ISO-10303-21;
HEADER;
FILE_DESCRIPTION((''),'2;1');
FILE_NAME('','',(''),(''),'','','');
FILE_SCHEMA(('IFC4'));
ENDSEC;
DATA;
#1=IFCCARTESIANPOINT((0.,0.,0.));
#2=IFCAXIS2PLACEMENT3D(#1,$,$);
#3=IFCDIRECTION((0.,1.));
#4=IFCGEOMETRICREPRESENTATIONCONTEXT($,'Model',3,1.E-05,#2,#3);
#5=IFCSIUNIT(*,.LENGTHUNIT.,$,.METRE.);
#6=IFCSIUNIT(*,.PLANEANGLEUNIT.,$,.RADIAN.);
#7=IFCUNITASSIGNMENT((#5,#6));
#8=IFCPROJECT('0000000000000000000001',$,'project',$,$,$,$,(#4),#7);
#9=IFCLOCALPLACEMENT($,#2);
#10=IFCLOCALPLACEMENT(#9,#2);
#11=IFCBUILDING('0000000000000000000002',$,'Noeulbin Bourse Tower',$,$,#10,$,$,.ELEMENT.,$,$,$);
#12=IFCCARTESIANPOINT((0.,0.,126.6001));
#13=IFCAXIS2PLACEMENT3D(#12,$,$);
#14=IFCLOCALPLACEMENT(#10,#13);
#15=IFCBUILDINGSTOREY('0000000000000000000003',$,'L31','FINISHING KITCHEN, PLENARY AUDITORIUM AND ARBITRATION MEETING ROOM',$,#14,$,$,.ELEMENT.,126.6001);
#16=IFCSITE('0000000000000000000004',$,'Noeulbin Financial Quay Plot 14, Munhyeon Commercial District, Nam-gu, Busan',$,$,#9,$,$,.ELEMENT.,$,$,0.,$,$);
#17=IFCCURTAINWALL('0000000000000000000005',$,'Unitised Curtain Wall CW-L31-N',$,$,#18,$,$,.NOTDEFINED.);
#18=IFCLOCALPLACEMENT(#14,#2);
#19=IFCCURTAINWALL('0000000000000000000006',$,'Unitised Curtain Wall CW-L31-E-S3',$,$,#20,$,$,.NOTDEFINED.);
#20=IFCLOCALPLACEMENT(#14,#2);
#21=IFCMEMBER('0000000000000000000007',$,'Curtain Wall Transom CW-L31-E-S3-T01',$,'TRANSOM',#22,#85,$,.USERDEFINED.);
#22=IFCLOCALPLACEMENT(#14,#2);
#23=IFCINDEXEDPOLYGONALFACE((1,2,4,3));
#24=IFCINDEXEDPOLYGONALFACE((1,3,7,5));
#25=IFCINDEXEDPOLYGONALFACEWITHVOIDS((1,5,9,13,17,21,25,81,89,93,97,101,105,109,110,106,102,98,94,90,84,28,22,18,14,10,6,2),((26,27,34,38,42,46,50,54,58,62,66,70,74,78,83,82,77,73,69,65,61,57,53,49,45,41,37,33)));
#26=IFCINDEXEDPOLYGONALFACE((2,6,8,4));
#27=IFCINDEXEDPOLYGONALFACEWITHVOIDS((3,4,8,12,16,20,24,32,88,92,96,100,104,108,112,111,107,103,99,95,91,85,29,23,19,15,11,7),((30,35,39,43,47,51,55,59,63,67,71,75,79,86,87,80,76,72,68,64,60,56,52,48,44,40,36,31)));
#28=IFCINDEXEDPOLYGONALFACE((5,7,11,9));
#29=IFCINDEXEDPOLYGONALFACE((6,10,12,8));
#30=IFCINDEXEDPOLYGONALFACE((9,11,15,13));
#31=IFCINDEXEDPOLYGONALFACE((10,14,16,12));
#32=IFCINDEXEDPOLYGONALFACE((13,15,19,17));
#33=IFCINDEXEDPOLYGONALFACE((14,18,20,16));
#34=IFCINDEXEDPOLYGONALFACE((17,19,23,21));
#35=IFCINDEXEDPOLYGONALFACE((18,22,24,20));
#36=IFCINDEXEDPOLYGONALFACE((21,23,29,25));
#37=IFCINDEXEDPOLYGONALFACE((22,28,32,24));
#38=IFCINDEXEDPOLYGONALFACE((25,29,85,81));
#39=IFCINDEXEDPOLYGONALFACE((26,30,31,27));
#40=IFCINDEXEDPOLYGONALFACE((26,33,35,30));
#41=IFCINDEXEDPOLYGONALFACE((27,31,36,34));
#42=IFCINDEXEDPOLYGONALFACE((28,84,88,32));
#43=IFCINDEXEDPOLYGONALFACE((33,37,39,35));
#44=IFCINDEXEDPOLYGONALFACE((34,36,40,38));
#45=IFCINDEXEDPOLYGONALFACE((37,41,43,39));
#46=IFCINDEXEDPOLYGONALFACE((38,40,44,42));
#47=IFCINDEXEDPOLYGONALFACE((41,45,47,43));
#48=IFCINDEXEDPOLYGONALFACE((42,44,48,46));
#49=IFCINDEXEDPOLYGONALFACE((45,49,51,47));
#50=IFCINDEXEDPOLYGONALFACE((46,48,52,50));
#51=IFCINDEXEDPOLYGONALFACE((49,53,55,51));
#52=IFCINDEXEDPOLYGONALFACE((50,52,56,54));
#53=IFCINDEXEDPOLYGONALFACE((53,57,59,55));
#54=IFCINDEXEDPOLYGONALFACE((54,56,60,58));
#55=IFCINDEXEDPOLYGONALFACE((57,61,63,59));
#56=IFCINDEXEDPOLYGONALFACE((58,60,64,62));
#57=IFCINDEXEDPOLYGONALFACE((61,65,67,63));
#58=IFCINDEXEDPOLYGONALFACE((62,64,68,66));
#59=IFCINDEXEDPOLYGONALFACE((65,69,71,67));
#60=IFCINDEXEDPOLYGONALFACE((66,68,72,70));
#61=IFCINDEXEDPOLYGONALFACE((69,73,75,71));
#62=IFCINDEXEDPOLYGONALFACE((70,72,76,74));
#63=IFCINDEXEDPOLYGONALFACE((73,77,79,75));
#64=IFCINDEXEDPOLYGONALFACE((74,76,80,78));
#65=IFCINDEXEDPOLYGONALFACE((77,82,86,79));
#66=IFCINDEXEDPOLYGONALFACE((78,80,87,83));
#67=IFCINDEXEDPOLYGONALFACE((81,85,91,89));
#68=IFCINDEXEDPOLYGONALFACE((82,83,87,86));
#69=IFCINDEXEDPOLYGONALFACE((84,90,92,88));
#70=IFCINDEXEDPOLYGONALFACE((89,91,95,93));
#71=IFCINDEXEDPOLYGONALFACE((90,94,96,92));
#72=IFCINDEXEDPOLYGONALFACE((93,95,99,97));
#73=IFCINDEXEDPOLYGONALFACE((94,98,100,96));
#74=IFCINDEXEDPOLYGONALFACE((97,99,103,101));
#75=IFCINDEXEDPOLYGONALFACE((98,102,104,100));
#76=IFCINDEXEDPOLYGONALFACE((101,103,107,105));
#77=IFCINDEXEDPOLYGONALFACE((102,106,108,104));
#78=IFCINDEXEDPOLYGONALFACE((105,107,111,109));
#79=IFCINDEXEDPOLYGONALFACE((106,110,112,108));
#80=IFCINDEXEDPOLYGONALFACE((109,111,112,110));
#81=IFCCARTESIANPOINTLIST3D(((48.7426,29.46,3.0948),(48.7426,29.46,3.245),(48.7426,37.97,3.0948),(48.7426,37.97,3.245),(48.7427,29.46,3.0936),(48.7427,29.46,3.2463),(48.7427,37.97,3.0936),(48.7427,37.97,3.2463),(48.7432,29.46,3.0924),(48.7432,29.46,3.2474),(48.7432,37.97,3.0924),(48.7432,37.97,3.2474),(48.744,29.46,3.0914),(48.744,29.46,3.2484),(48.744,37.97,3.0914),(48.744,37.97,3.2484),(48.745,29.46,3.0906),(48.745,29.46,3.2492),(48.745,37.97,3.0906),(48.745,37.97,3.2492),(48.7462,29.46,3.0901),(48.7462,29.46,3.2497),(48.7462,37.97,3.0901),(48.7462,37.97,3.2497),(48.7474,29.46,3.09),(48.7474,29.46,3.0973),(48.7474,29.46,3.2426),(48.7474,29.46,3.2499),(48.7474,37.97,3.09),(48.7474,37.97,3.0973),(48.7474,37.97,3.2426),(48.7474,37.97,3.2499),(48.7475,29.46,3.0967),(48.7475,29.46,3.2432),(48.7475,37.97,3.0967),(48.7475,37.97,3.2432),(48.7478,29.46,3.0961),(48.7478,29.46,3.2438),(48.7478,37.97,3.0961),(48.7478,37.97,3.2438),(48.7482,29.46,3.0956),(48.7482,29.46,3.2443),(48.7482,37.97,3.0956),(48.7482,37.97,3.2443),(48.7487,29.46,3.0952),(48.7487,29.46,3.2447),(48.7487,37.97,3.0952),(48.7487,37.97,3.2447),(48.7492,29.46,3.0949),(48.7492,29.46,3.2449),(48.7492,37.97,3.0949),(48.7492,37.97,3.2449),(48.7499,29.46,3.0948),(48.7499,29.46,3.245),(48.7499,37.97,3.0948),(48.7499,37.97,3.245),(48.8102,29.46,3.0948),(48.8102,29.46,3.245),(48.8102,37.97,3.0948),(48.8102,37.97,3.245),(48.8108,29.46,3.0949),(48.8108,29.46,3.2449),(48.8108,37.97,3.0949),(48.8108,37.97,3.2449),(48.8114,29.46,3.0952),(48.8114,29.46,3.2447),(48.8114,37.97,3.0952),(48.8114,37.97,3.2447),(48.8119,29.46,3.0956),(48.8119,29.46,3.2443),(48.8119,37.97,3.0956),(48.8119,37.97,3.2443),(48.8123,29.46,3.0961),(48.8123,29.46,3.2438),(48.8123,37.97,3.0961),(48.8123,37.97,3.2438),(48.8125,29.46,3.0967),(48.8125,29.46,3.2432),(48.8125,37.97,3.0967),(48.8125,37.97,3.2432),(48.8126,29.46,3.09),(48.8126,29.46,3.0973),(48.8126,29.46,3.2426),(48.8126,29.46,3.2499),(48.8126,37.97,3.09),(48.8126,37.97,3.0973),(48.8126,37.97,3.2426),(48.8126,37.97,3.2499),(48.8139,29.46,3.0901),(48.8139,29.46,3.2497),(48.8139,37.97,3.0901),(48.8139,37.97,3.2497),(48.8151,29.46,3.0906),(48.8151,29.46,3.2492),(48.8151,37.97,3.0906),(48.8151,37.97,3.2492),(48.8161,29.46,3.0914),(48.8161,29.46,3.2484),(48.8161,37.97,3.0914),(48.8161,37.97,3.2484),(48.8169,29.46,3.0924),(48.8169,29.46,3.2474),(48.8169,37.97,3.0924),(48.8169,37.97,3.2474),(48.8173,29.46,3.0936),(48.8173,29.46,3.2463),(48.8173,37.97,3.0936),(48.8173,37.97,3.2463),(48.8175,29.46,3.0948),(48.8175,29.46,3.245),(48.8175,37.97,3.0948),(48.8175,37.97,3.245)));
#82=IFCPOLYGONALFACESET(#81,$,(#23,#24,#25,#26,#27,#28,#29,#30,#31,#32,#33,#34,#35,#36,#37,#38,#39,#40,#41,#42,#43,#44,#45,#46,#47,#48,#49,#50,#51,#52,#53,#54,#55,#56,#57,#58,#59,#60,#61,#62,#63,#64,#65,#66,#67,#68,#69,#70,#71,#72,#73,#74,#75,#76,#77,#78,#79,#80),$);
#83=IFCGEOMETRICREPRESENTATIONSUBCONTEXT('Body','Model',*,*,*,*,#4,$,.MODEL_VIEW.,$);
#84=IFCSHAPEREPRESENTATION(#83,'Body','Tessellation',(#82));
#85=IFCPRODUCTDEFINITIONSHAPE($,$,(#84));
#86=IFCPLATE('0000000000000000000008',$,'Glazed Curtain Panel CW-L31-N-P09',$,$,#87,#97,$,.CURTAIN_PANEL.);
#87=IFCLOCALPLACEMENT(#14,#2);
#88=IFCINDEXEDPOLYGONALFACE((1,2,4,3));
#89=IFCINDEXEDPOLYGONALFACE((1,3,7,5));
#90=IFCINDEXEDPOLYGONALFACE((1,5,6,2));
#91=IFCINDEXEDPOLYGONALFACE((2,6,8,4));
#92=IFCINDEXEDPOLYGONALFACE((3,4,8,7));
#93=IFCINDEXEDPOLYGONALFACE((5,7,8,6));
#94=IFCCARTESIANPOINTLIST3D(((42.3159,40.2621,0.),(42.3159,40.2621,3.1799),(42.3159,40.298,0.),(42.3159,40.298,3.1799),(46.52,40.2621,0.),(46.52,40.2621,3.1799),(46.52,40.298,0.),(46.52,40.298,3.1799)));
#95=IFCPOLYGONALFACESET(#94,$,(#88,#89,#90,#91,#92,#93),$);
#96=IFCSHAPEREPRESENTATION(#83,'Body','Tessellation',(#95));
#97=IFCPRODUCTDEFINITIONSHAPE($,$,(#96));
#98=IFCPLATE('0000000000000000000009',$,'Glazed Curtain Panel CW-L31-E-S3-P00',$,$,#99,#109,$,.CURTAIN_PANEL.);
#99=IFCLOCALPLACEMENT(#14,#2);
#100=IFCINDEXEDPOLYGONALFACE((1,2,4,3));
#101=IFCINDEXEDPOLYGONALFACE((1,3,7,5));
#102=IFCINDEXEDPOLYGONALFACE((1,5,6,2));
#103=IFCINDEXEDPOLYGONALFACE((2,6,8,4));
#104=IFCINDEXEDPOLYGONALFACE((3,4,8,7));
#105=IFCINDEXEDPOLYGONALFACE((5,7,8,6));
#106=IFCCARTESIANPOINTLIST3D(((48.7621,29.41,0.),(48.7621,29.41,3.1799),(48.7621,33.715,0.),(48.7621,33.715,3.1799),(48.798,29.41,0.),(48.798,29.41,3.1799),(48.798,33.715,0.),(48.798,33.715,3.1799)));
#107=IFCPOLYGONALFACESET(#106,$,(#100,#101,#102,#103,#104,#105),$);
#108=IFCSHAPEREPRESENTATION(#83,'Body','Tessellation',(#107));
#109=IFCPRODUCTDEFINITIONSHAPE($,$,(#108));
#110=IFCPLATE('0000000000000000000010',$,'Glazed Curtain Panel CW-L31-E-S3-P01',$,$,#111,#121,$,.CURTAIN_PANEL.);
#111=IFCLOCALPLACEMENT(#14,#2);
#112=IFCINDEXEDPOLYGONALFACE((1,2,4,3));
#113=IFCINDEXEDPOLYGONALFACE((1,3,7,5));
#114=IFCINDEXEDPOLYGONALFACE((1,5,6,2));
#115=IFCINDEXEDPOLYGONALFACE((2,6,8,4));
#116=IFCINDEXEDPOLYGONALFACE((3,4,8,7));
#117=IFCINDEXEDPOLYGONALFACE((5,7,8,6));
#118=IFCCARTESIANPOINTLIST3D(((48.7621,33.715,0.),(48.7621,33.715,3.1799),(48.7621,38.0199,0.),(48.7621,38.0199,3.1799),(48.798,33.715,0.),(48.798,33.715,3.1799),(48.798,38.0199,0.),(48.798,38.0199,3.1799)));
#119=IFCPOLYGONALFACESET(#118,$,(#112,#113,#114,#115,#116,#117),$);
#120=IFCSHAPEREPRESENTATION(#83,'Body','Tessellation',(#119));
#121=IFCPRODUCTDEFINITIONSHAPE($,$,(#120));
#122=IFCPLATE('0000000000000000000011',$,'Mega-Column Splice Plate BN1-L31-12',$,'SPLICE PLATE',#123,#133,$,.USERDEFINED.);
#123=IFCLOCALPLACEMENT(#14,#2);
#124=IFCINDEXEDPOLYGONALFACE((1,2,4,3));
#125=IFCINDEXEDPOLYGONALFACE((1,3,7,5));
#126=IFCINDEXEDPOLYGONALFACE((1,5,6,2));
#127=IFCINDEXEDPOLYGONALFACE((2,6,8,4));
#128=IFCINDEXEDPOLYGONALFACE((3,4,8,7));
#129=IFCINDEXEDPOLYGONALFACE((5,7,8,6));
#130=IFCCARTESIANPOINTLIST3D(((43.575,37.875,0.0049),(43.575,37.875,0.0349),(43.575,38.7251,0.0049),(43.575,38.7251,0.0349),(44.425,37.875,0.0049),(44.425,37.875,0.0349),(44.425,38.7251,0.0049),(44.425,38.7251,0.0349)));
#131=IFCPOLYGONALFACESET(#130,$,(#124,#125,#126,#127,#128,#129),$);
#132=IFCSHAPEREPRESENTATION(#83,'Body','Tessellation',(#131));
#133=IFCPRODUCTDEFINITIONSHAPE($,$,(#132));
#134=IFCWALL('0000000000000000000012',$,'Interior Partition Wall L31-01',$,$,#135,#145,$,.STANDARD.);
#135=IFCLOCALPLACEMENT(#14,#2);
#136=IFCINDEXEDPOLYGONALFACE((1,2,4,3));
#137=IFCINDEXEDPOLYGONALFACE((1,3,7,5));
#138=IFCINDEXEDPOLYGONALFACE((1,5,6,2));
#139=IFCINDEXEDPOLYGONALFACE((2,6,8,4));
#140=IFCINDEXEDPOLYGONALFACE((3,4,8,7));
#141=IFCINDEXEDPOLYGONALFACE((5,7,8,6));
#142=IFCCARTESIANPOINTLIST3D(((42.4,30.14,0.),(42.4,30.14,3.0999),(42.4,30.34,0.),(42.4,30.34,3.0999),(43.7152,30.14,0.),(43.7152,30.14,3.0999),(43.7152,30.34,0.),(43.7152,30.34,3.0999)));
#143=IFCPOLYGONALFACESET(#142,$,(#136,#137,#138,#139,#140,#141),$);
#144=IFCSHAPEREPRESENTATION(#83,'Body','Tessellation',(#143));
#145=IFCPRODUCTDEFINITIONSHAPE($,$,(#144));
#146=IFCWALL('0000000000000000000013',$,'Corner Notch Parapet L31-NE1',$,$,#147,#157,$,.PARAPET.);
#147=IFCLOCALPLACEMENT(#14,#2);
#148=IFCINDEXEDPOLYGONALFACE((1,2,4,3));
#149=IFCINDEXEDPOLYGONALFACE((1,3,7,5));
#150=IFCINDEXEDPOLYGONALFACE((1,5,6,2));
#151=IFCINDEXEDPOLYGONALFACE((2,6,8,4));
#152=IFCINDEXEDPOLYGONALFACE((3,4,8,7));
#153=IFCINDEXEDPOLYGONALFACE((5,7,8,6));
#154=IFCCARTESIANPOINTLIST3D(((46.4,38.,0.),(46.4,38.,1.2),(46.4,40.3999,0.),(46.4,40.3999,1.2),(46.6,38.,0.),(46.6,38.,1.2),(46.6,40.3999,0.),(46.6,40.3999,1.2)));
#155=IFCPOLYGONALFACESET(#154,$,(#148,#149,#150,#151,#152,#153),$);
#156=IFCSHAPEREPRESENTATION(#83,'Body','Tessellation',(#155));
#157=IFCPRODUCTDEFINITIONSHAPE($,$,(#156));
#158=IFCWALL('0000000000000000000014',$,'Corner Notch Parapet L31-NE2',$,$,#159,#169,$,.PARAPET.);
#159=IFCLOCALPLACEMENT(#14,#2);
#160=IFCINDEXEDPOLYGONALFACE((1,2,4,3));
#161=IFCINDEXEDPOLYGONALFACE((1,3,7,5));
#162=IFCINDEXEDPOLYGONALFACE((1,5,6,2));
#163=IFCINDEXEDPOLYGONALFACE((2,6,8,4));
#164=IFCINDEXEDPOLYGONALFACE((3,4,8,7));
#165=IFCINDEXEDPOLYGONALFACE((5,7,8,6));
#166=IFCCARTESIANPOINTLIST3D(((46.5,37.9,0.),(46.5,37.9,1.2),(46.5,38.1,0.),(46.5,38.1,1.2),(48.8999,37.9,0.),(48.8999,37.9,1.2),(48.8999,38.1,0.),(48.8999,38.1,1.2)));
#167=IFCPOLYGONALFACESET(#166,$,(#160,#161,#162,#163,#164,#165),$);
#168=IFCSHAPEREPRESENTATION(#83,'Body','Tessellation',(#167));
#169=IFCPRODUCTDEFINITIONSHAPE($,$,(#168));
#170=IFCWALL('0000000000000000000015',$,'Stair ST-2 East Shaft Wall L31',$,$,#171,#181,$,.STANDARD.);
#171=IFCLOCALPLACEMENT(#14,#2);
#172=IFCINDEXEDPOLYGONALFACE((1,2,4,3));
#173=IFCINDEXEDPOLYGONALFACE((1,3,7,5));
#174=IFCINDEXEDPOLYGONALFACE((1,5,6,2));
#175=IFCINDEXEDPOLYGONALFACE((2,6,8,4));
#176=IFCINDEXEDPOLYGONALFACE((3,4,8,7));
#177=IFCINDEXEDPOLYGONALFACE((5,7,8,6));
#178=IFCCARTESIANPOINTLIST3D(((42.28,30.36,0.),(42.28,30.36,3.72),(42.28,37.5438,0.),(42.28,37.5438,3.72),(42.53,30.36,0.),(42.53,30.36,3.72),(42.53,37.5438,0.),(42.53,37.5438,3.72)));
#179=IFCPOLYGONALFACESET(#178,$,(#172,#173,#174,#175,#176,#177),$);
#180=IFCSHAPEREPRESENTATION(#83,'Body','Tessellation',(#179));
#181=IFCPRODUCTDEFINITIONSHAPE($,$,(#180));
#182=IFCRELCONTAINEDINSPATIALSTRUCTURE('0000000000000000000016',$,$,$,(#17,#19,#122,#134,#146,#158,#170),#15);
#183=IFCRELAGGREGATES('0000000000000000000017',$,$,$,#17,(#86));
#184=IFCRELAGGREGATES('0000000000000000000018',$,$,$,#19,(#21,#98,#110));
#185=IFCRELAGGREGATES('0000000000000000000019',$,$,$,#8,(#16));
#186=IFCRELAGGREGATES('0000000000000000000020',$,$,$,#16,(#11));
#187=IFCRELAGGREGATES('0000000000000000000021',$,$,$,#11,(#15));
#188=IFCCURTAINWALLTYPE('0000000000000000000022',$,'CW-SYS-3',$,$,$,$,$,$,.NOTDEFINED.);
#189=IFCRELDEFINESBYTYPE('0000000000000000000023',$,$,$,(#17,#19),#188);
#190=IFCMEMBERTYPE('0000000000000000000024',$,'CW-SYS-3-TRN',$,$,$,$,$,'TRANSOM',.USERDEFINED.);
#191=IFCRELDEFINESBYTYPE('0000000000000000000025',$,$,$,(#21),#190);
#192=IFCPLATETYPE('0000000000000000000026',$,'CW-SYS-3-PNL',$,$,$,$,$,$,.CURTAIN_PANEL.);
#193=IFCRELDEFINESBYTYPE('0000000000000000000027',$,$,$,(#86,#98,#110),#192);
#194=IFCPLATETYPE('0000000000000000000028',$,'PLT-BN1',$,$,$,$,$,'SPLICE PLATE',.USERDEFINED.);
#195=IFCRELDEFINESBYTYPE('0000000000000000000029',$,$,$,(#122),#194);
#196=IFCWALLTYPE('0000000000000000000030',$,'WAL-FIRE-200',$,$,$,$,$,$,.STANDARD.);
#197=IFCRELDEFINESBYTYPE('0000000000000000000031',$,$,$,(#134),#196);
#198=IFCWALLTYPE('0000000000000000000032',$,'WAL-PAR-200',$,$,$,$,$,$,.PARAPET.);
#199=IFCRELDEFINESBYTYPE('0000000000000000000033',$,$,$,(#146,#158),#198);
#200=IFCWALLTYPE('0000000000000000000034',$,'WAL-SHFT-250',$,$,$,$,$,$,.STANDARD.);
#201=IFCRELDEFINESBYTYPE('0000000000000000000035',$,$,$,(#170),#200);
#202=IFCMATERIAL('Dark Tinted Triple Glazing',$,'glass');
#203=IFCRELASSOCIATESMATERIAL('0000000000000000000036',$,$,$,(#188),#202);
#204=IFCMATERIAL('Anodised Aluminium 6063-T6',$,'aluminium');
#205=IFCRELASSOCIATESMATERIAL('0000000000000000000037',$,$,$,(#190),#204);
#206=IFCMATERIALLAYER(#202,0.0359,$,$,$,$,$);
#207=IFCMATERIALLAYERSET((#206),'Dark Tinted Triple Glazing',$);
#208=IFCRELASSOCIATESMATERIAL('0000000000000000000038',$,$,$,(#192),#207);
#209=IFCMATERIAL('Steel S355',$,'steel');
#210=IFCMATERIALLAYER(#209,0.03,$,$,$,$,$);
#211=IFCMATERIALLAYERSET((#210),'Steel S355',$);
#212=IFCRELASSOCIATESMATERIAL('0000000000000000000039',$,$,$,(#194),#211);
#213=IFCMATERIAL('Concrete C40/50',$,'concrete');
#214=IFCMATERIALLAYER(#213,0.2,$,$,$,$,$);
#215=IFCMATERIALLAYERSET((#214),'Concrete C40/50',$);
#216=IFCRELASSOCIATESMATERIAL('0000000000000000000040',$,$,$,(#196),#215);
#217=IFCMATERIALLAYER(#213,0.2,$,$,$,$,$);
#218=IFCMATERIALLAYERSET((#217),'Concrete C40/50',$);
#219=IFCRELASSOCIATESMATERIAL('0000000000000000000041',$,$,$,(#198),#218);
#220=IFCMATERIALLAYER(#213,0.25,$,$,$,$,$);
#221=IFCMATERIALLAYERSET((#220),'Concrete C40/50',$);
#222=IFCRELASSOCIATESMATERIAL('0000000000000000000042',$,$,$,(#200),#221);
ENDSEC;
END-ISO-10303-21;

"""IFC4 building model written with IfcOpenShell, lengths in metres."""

from ifc_helpers import new_model, si_unit, direction, frame, frame_2d, origin, origin_2d, place, context, subcontext, project, spatial, rectangle, hollow_rectangle, extrude, material, layer, layer_set, material_profile, profile_set, type_object, element, aggregate, save


model = new_model("IFC4")

# Units and contexts
model_context = context("Model", 3, precision=1e-05, world=origin(), true_north=direction((0.0, 1.0)))
body_context = subcontext(model_context, "Body", "Model", "MODEL_VIEW")
ifc_project = project(units=[si_unit("LENGTHUNIT", "METRE"), si_unit("PLANEANGLEUNIT", "RADIAN")], contexts=[model_context])

# Site, building, storey
site_placement = place(None, origin())
site = spatial("IfcSite", under=ifc_project, at=site_placement, Name="Noeulbin Financial Quay Plot 14, Munhyeon Commercial District, Nam-gu, Busan", CompositionType="ELEMENT", RefElevation=0.0)
building_placement = place(site_placement, origin())
building = spatial("IfcBuilding", under=site, at=building_placement, Name="Noeulbin Bourse Tower", CompositionType="ELEMENT")
storey_placement = place(building_placement, frame((0.0, 0.0, 126.6001)))
storey = spatial("IfcBuildingStorey", under=building, at=storey_placement, Name="L31", Description="FINISHING KITCHEN, PLENARY AUDITORIUM AND ARBITRATION MEETING ROOM", CompositionType="ELEMENT", Elevation=126.6001)

# Shared definitions
ifc_material_1 = material(Name="Steel S355", Category="steel")

# Curtain walls, member
ifc_material_2 = material(Name="Dark Tinted Triple Glazing", Category="glass")
curtain_wall_type = type_object("IfcCurtainWallType", Name="CW-SYS-3", PredefinedType="NOTDEFINED", material=ifc_material_2)
curtain_wall_1_placement = place(storey_placement, origin())
curtain_wall_1 = element("IfcCurtainWall", 1, at=curtain_wall_1_placement, inside=storey, type_object=curtain_wall_type, Name="Unitised Curtain Wall CW-L31-N", PredefinedType="NOTDEFINED")
ifc_material_3 = material(Name="Anodised Aluminium 6063-T6", Category="aluminium")
curtain_wall_2_placement = place(storey_placement, origin())
curtain_wall_2 = element("IfcCurtainWall", 2, at=curtain_wall_2_placement, inside=storey, type_object=curtain_wall_type, Name="Unitised Curtain Wall CW-L31-E-S3", PredefinedType="NOTDEFINED")
ifc_material_profile_1 = material_profile(ifc_material_3, hollow_rectangle(XDim=0.075, YDim=0.1599, WallThickness=0.0049, InnerFilletRadius=0.0024, OuterFilletRadius=0.0049, at=origin_2d()), Name="ALU-TRAN-75x160x5", Category="LoadBearing")
ifc_profile_set_1 = profile_set([ifc_material_profile_1], Name="Anodised Aluminium 6063-T6")
member_type_1 = type_object("IfcMemberType", Name="CW-SYS-3-TRN", ElementType="TRANSOM", PredefinedType="USERDEFINED", material=ifc_profile_set_1)
member_1_placement = place(storey_placement, frame((48.78, 29.46, 3.1699), z_axis=(0.0, 1.0, 0.0), x_axis=(-1.0, 0.0, 0.0)))
member_1 = element("IfcMember", 3, at=member_1_placement, type_object=member_type_1, Name="Curtain Wall Transom CW-L31-E-S3-T01", ObjectType="TRANSOM", PredefinedType="USERDEFINED", context=body_context, shape_type="SweptSolid", body=[
    extrude(hollow_rectangle(XDim=0.075, YDim=0.1599, WallThickness=0.0049, InnerFilletRadius=0.0024, OuterFilletRadius=0.0049, at=origin_2d()), origin(), (0.0, 0.0, 1.0), 8.51),
])

# Plates
ifc_layer_1 = layer(ifc_material_2, 0.0359)
ifc_layer_set_1 = layer_set([ifc_layer_1], Name="Dark Tinted Triple Glazing")
plate_type_1 = type_object("IfcPlateType", Name="CW-SYS-3-PNL", PredefinedType="CURTAIN_PANEL", material=ifc_layer_set_1)
plate_1_placement = place(storey_placement, frame((44.418, 40.28, 0.0), z_axis=(0.0, 0.0, 1.0), x_axis=(1.0, 0.0, 0.0)))
plate_1 = element("IfcPlate", 4, at=plate_1_placement, type_object=plate_type_1, Name="Glazed Curtain Panel CW-L31-N-P09", PredefinedType="CURTAIN_PANEL", context=body_context, shape_type="SweptSolid", body=[
    extrude(rectangle(XDim=4.2041, YDim=0.0359, at=origin_2d()), origin(), (0.0, 0.0, 1.0), 3.1799),
])
aggregate(curtain_wall_1, [plate_1])
plate_2_placement = place(storey_placement, frame((48.78, 31.5625, 0.0), z_axis=(0.0, 0.0, 1.0), x_axis=(0.0, 1.0, 0.0)))
plate_2 = element("IfcPlate", 5, at=plate_2_placement, type_object=plate_type_1, Name="Glazed Curtain Panel CW-L31-E-S3-P00", PredefinedType="CURTAIN_PANEL", context=body_context, shape_type="SweptSolid", body=[
    extrude(rectangle(XDim=4.3049, YDim=0.0359, at=origin_2d()), origin(), (0.0, 0.0, 1.0), 3.1799),
])
plate_3_placement = place(storey_placement, frame((48.78, 35.8674, 0.0), z_axis=(0.0, 0.0, 1.0), x_axis=(0.0, 1.0, 0.0)))
plate_3 = element("IfcPlate", 6, at=plate_3_placement, type_object=plate_type_1, Name="Glazed Curtain Panel CW-L31-E-S3-P01", PredefinedType="CURTAIN_PANEL", context=body_context, shape_type="SweptSolid", body=[
    extrude(rectangle(XDim=4.3049, YDim=0.0359, at=origin_2d()), origin(), (0.0, 0.0, 1.0), 3.1799),
])
aggregate(curtain_wall_2, [member_1, plate_2, plate_3])
ifc_layer_2 = layer(ifc_material_1, 0.03)
ifc_layer_set_2 = layer_set([ifc_layer_2], Name="Steel S355")
plate_type_2 = type_object("IfcPlateType", Name="PLT-BN1", ElementType="SPLICE PLATE", PredefinedType="USERDEFINED", material=ifc_layer_set_2)
plate_4_placement = place(storey_placement, frame((44.0, 38.3, 0.0049), z_axis=(0.0, 0.0, 1.0), x_axis=(1.0, 0.0, 0.0)))
element("IfcPlate", 7, at=plate_4_placement, inside=storey, type_object=plate_type_2, Name="Mega-Column Splice Plate BN1-L31-12", ObjectType="SPLICE PLATE", PredefinedType="USERDEFINED", context=body_context, shape_type="SweptSolid", body=[
    extrude(rectangle(XDim=0.8501, YDim=0.8501, at=origin_2d()), origin(), (0.0, 0.0, 1.0), 0.03),
])

# Walls
ifc_material_4 = material(Name="Concrete C40/50", Category="concrete")
ifc_layer_3 = layer(ifc_material_4, 0.2)
ifc_layer_set_3 = layer_set([ifc_layer_3], Name="Concrete C40/50")
wall_type_1 = type_object("IfcWallType", Name="WAL-FIRE-200", PredefinedType="STANDARD", material=ifc_layer_set_3)
wall_1_placement = place(storey_placement, frame((42.3999, 30.24, 0.0), z_axis=(0.0, 0.0, 1.0), x_axis=(1.0, 0.0, 0.0)))
element("IfcWall", 8, at=wall_1_placement, inside=storey, type_object=wall_type_1, Name="Interior Partition Wall L31-01", PredefinedType="STANDARD", context=body_context, shape_type="SweptSolid", body=[
    extrude(rectangle(XDim=1.3152, YDim=0.2, at=frame_2d((0.6577, 0.0))), origin(), (0.0, 0.0, 1.0), 3.0999),
])
ifc_layer_4 = layer(ifc_material_4, 0.2)
ifc_layer_set_4 = layer_set([ifc_layer_4], Name="Concrete C40/50")
wall_type_2 = type_object("IfcWallType", Name="WAL-PAR-200", PredefinedType="PARAPET", material=ifc_layer_set_4)
for number, where, z_axis, x_axis, name in (
    (9, (46.5, 40.3999, 0.0), (0.0, 0.0, 1.0), (0.0, -1.0, 0.0), "Corner Notch Parapet L31-NE1"),
    (10, (46.5, 38.0, 0.0), (0.0, 0.0, 1.0), (1.0, 0.0, 0.0), "Corner Notch Parapet L31-NE2"),
):
    element("IfcWall", number, at=place(storey_placement, frame(where, z_axis=z_axis, x_axis=x_axis)), inside=storey, type_object=wall_type_2, Name=name, PredefinedType="PARAPET", context=body_context, shape_type="SweptSolid", body=[
        extrude(rectangle(XDim=2.3999, YDim=0.2, at=frame_2d((1.2, 0.0))), origin(), (0.0, 0.0, 1.0), 1.2),
    ])
ifc_layer_5 = layer(ifc_material_4, 0.25)
ifc_layer_set_5 = layer_set([ifc_layer_5], Name="Concrete C40/50")
wall_type_3 = type_object("IfcWallType", Name="WAL-SHFT-250", PredefinedType="STANDARD", material=ifc_layer_set_5)
wall_2_placement = place(storey_placement, frame((42.405, 30.3601, 0.0), z_axis=(0.0, 0.0, 1.0), x_axis=(0.0, 1.0, 0.0)))
element("IfcWall", 11, at=wall_2_placement, inside=storey, type_object=wall_type_3, Name="Stair ST-2 East Shaft Wall L31", PredefinedType="STANDARD", context=body_context, shape_type="SweptSolid", body=[
    extrude(rectangle(XDim=7.1838, YDim=0.25, at=frame_2d((3.5918, 0.0))), origin(), (0.0, 0.0, 1.0), 3.72),
])

save(model, "model.ifc")
